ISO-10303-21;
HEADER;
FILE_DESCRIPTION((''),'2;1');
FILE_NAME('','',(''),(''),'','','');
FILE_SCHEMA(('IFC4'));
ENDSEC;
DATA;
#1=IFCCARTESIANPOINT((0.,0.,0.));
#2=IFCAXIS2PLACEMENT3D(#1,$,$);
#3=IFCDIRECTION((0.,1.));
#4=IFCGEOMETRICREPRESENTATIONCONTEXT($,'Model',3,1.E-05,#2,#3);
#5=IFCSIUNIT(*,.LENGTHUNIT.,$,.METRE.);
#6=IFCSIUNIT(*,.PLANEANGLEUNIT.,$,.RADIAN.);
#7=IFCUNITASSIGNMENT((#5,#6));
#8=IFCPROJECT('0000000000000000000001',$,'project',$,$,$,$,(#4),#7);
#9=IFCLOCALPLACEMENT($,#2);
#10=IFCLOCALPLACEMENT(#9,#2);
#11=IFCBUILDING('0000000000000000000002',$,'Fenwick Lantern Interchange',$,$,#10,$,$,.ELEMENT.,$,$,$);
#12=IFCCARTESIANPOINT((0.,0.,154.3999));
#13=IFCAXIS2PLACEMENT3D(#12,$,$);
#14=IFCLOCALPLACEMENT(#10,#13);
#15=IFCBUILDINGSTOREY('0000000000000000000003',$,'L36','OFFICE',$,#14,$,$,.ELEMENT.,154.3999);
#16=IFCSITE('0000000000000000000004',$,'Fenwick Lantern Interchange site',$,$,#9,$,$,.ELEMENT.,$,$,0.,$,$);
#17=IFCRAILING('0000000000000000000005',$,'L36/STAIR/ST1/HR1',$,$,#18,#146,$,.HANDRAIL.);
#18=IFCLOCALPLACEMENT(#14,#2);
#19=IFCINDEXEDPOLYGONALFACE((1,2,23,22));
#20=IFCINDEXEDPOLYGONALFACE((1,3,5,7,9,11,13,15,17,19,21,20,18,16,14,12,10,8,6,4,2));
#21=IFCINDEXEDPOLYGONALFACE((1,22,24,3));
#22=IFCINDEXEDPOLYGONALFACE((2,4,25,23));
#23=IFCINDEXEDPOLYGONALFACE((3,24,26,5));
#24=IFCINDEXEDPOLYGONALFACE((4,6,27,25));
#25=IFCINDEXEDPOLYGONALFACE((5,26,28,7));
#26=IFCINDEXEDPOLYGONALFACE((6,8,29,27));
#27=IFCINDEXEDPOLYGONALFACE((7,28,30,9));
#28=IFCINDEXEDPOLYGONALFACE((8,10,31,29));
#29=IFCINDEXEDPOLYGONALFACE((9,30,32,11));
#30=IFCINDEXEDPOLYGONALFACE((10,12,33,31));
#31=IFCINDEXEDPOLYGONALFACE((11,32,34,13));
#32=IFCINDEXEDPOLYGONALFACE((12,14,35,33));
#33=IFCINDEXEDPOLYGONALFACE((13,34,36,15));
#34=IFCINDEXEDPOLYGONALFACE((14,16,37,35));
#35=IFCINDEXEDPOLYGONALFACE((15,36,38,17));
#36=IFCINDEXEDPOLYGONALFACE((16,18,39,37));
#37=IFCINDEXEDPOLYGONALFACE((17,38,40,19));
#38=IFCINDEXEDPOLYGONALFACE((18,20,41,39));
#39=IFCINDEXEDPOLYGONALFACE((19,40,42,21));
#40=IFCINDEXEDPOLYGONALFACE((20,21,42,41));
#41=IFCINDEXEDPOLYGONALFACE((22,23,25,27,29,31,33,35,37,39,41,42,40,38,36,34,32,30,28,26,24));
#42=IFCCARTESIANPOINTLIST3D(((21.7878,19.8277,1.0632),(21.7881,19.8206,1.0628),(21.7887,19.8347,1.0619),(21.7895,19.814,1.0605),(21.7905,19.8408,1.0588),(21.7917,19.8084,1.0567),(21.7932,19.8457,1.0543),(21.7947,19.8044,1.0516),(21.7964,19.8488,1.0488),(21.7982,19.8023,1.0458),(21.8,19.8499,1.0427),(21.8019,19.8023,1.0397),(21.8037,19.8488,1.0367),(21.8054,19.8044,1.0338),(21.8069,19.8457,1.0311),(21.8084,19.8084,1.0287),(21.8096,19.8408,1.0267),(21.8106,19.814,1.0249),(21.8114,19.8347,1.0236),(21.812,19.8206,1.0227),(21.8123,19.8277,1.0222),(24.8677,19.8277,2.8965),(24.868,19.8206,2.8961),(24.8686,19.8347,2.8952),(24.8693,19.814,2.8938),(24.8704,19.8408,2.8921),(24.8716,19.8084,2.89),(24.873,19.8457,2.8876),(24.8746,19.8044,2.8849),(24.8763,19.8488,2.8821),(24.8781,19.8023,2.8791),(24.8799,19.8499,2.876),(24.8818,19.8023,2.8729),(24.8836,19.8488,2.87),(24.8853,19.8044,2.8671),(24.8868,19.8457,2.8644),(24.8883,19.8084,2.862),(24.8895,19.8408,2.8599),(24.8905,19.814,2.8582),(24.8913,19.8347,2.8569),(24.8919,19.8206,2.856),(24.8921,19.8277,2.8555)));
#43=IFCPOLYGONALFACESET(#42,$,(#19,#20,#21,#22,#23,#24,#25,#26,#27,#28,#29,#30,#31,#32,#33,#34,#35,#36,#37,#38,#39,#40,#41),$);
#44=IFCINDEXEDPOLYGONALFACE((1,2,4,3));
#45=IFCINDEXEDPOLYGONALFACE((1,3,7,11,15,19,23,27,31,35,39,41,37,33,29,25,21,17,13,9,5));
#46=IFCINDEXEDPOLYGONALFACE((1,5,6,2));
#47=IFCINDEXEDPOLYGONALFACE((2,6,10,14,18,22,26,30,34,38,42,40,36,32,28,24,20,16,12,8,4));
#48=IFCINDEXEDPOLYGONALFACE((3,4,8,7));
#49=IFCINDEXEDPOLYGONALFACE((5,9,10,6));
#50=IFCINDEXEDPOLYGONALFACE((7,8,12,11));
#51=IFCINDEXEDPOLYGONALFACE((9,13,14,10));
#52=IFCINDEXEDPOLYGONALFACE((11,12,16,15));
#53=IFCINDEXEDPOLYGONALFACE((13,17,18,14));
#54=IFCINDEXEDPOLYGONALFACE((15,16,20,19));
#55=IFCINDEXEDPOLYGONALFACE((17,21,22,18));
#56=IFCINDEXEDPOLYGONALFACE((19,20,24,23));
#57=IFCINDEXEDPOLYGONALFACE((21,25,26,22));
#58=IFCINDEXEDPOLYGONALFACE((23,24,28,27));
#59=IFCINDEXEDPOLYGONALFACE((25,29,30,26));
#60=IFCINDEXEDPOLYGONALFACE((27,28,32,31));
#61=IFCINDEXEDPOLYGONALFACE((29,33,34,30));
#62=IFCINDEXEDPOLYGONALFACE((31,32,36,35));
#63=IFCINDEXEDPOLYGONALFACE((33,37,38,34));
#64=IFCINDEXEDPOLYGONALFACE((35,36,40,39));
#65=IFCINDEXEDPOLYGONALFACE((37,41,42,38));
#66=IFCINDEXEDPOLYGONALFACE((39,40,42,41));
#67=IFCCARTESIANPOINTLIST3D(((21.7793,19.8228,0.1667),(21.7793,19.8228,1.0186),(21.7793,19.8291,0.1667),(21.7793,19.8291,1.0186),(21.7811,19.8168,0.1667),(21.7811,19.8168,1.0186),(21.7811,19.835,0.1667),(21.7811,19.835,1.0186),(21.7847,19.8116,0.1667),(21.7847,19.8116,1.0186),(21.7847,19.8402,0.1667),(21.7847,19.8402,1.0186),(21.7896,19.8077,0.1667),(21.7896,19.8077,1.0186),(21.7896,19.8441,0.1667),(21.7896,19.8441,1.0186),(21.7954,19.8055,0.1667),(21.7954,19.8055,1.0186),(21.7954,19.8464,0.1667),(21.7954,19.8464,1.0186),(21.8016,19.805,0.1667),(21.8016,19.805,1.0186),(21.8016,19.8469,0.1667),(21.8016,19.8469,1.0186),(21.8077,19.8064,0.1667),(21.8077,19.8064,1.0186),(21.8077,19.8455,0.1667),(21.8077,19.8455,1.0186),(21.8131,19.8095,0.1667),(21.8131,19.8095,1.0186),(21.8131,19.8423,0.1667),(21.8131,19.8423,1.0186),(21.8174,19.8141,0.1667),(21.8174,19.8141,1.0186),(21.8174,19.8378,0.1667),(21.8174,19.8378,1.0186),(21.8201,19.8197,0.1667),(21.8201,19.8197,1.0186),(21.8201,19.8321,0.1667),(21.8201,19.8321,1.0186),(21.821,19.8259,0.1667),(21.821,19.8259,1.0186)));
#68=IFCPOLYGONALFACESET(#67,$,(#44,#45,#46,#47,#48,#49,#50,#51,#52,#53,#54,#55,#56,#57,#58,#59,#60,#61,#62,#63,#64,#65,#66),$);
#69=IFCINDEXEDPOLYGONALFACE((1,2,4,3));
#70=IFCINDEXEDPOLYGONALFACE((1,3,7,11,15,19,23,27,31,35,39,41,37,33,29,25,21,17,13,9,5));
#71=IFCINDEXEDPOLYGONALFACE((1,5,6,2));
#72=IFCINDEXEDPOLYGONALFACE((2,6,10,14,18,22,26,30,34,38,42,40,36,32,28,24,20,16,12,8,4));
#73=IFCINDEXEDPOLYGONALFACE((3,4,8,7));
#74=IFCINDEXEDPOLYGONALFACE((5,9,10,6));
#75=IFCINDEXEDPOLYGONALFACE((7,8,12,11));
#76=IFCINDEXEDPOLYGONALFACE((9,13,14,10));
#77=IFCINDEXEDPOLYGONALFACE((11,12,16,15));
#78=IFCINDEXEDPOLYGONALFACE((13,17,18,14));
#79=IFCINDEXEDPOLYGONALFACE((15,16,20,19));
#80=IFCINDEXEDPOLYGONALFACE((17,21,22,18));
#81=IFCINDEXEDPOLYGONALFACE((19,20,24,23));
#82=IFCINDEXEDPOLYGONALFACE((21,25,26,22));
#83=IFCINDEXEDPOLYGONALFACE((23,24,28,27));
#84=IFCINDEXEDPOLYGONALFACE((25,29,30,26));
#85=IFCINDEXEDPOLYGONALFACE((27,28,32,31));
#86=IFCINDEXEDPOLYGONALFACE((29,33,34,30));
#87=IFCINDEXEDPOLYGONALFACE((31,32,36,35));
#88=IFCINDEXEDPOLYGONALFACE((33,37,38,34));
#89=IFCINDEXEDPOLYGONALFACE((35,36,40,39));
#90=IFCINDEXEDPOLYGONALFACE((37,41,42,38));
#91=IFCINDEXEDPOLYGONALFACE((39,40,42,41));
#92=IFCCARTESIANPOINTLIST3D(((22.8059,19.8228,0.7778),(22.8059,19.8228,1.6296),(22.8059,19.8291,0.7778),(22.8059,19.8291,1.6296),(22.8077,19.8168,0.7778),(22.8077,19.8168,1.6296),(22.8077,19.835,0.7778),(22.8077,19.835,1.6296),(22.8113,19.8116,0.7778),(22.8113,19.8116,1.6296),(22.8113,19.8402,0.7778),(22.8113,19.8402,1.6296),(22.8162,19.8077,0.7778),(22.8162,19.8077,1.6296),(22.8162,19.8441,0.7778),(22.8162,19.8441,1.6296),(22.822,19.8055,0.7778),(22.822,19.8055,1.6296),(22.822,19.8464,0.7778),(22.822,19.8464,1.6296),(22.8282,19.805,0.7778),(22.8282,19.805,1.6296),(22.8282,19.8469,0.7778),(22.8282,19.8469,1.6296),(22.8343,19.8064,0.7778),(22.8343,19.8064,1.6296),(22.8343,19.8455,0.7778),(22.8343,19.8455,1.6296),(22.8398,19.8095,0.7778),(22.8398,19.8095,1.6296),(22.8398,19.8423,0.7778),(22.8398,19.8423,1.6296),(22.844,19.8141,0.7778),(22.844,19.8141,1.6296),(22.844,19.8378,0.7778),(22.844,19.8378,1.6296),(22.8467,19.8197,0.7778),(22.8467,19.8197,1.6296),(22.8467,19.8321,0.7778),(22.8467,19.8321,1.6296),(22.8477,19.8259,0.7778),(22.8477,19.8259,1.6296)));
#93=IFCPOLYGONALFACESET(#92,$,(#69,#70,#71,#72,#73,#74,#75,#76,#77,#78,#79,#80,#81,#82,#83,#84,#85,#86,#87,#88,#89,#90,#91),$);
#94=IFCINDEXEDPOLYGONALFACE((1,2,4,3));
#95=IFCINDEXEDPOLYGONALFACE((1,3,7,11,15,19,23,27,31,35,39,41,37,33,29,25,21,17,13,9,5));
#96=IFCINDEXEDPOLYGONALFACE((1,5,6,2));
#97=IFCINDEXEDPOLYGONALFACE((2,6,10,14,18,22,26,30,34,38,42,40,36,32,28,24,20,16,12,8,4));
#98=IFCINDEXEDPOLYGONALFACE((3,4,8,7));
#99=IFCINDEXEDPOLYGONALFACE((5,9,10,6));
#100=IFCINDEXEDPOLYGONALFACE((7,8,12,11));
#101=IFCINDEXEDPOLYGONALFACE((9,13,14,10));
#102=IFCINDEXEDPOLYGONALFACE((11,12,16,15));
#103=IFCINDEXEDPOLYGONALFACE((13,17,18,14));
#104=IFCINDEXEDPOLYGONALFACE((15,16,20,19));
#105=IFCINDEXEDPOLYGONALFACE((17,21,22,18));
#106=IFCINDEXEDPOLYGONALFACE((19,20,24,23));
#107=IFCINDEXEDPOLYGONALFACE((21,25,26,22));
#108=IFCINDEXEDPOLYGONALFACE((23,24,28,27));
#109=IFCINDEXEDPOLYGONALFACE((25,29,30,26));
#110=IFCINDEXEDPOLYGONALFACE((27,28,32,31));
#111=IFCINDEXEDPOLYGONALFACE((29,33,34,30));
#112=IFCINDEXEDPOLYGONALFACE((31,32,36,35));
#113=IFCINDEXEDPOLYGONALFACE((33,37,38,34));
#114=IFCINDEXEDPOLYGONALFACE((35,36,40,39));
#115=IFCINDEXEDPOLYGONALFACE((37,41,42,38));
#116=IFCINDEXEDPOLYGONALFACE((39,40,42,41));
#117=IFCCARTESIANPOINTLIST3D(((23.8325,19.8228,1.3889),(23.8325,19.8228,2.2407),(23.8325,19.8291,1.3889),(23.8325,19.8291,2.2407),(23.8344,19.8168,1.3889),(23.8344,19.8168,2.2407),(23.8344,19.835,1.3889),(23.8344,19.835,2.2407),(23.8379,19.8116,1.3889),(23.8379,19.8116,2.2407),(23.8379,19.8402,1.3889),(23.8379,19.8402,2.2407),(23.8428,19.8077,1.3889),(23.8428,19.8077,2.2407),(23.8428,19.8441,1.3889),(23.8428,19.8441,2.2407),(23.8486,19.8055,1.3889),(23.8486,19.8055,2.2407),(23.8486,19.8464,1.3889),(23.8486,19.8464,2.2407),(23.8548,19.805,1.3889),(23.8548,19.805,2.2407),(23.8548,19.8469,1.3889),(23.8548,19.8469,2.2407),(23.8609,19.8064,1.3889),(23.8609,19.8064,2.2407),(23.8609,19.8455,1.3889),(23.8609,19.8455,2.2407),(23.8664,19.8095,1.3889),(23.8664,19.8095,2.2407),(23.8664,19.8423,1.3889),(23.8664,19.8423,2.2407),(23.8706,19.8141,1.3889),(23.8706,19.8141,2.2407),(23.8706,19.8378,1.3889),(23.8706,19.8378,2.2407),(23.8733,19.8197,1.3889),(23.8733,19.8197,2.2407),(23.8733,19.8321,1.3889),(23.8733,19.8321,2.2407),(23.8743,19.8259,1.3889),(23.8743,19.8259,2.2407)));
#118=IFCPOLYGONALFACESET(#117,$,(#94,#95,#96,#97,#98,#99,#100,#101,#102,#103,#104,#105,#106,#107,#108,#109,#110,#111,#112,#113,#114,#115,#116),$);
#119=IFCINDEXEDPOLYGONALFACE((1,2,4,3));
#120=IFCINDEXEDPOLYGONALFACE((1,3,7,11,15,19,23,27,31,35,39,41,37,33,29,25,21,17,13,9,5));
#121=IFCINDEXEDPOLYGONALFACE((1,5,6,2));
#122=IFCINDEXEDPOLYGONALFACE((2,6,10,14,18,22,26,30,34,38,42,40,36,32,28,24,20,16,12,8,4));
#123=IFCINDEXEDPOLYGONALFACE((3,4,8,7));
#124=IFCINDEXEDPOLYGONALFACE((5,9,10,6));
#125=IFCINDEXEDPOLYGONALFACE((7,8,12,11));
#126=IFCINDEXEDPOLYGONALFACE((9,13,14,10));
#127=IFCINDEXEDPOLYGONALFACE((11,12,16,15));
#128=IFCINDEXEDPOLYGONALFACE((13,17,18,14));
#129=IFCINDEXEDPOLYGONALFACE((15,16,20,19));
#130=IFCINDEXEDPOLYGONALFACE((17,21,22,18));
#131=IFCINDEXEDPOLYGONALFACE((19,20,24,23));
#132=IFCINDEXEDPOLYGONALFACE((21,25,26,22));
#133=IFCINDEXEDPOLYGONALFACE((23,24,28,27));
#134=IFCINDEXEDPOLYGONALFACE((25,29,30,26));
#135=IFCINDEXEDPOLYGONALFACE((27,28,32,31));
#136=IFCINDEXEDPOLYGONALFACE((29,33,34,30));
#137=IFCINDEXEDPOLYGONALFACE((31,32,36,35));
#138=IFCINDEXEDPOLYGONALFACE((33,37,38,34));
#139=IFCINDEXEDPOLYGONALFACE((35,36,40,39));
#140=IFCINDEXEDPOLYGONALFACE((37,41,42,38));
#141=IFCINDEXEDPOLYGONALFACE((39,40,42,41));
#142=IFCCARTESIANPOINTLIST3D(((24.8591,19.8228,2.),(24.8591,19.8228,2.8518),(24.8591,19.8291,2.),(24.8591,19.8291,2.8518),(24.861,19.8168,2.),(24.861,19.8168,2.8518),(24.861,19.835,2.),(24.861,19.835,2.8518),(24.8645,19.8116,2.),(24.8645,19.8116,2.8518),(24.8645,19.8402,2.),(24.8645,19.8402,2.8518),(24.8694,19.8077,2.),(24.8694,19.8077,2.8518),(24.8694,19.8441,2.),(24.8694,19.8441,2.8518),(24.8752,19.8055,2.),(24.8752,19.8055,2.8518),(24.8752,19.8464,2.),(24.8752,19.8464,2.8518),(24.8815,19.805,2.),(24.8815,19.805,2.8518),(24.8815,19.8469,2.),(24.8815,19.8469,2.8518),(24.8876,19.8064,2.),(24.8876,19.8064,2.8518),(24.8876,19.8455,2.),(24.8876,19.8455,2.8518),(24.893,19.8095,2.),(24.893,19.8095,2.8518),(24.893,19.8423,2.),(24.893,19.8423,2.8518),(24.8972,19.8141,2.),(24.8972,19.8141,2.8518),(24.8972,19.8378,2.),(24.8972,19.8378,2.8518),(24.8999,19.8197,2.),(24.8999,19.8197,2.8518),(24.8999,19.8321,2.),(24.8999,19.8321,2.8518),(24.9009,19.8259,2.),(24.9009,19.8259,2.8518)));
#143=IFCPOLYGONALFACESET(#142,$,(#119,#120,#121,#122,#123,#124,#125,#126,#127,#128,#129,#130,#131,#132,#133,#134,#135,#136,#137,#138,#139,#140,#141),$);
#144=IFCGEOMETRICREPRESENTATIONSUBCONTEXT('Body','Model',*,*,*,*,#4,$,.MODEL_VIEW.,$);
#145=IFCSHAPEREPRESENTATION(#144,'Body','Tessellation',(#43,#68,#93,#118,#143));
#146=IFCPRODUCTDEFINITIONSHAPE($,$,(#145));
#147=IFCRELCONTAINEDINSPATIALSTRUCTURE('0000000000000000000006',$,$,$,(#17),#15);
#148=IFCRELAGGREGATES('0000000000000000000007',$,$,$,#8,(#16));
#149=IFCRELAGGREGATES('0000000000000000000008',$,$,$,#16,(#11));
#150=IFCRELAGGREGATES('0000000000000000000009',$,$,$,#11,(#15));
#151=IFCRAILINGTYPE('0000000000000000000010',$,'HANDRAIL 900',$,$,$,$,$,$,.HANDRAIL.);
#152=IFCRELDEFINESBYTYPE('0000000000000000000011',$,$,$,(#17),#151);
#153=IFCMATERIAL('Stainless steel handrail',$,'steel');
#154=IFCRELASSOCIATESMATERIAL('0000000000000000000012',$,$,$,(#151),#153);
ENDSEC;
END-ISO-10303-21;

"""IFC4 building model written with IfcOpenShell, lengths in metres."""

from ifc_helpers import new_model, si_unit, direction, frame, origin, origin_2d, place, context, subcontext, project, spatial, circle, extrude, material, type_object, element, save


model = new_model("IFC4")

# Units and contexts
model_context = context("Model", 3, precision=1e-05, world=origin(), true_north=direction((0.0, 1.0)))
body_context = subcontext(model_context, "Body", "Model", "MODEL_VIEW")
ifc_project = project(units=[si_unit("LENGTHUNIT", "METRE"), si_unit("PLANEANGLEUNIT", "RADIAN")], contexts=[model_context])

# Site, building, storey
site_placement = place(None, origin())
site = spatial("IfcSite", under=ifc_project, at=site_placement, Name="Fenwick Lantern Interchange site", CompositionType="ELEMENT", RefElevation=0.0)
building_placement = place(site_placement, origin())
building = spatial("IfcBuilding", under=site, at=building_placement, Name="Fenwick Lantern Interchange", CompositionType="ELEMENT")
storey_placement = place(building_placement, frame((0.0, 0.0, 154.3999)))
storey = spatial("IfcBuildingStorey", under=building, at=storey_placement, Name="L36", Description="OFFICE", CompositionType="ELEMENT", Elevation=154.3999)

# Railing
ifc_material_1 = material(Name="Stainless steel handrail", Category="steel")
railing_type = type_object("IfcRailingType", Name="HANDRAIL 900", PredefinedType="HANDRAIL", material=ifc_material_1)
railing_1_placement = place(storey_placement, frame((21.8, 19.8259, 0.1667)))
element("IfcRailing", 1, at=railing_1_placement, inside=storey, type_object=railing_type, Name="L36/STAIR/ST1/HR1", PredefinedType="HANDRAIL", context=body_context, shape_type="SweptSolid", body=[
    extrude(circle(Radius=0.0239, at=origin_2d()), frame((0.0, 0.0, 0.876), z_axis=(0.859291, 0.0, 0.511487), x_axis=(0.0, 1.0, 0.0)), (0.0, 0.0, 1.0), 3.5842),
    extrude(circle(Radius=0.021, at=origin_2d()), origin(), (0.0, 0.0, 1.0), 0.8518),
    extrude(circle(Radius=0.021, at=origin_2d()), frame((1.0266, 0.0, 0.6111)), (0.0, 0.0, 1.0), 0.8518),
    extrude(circle(Radius=0.021, at=origin_2d()), frame((2.0532, 0.0, 1.2222)), (0.0, 0.0, 1.0), 0.8518),
    extrude(circle(Radius=0.021, at=origin_2d()), frame((3.0798, 0.0, 1.8333)), (0.0, 0.0, 1.0), 0.8518),
])

save(model, "model.ifc")
